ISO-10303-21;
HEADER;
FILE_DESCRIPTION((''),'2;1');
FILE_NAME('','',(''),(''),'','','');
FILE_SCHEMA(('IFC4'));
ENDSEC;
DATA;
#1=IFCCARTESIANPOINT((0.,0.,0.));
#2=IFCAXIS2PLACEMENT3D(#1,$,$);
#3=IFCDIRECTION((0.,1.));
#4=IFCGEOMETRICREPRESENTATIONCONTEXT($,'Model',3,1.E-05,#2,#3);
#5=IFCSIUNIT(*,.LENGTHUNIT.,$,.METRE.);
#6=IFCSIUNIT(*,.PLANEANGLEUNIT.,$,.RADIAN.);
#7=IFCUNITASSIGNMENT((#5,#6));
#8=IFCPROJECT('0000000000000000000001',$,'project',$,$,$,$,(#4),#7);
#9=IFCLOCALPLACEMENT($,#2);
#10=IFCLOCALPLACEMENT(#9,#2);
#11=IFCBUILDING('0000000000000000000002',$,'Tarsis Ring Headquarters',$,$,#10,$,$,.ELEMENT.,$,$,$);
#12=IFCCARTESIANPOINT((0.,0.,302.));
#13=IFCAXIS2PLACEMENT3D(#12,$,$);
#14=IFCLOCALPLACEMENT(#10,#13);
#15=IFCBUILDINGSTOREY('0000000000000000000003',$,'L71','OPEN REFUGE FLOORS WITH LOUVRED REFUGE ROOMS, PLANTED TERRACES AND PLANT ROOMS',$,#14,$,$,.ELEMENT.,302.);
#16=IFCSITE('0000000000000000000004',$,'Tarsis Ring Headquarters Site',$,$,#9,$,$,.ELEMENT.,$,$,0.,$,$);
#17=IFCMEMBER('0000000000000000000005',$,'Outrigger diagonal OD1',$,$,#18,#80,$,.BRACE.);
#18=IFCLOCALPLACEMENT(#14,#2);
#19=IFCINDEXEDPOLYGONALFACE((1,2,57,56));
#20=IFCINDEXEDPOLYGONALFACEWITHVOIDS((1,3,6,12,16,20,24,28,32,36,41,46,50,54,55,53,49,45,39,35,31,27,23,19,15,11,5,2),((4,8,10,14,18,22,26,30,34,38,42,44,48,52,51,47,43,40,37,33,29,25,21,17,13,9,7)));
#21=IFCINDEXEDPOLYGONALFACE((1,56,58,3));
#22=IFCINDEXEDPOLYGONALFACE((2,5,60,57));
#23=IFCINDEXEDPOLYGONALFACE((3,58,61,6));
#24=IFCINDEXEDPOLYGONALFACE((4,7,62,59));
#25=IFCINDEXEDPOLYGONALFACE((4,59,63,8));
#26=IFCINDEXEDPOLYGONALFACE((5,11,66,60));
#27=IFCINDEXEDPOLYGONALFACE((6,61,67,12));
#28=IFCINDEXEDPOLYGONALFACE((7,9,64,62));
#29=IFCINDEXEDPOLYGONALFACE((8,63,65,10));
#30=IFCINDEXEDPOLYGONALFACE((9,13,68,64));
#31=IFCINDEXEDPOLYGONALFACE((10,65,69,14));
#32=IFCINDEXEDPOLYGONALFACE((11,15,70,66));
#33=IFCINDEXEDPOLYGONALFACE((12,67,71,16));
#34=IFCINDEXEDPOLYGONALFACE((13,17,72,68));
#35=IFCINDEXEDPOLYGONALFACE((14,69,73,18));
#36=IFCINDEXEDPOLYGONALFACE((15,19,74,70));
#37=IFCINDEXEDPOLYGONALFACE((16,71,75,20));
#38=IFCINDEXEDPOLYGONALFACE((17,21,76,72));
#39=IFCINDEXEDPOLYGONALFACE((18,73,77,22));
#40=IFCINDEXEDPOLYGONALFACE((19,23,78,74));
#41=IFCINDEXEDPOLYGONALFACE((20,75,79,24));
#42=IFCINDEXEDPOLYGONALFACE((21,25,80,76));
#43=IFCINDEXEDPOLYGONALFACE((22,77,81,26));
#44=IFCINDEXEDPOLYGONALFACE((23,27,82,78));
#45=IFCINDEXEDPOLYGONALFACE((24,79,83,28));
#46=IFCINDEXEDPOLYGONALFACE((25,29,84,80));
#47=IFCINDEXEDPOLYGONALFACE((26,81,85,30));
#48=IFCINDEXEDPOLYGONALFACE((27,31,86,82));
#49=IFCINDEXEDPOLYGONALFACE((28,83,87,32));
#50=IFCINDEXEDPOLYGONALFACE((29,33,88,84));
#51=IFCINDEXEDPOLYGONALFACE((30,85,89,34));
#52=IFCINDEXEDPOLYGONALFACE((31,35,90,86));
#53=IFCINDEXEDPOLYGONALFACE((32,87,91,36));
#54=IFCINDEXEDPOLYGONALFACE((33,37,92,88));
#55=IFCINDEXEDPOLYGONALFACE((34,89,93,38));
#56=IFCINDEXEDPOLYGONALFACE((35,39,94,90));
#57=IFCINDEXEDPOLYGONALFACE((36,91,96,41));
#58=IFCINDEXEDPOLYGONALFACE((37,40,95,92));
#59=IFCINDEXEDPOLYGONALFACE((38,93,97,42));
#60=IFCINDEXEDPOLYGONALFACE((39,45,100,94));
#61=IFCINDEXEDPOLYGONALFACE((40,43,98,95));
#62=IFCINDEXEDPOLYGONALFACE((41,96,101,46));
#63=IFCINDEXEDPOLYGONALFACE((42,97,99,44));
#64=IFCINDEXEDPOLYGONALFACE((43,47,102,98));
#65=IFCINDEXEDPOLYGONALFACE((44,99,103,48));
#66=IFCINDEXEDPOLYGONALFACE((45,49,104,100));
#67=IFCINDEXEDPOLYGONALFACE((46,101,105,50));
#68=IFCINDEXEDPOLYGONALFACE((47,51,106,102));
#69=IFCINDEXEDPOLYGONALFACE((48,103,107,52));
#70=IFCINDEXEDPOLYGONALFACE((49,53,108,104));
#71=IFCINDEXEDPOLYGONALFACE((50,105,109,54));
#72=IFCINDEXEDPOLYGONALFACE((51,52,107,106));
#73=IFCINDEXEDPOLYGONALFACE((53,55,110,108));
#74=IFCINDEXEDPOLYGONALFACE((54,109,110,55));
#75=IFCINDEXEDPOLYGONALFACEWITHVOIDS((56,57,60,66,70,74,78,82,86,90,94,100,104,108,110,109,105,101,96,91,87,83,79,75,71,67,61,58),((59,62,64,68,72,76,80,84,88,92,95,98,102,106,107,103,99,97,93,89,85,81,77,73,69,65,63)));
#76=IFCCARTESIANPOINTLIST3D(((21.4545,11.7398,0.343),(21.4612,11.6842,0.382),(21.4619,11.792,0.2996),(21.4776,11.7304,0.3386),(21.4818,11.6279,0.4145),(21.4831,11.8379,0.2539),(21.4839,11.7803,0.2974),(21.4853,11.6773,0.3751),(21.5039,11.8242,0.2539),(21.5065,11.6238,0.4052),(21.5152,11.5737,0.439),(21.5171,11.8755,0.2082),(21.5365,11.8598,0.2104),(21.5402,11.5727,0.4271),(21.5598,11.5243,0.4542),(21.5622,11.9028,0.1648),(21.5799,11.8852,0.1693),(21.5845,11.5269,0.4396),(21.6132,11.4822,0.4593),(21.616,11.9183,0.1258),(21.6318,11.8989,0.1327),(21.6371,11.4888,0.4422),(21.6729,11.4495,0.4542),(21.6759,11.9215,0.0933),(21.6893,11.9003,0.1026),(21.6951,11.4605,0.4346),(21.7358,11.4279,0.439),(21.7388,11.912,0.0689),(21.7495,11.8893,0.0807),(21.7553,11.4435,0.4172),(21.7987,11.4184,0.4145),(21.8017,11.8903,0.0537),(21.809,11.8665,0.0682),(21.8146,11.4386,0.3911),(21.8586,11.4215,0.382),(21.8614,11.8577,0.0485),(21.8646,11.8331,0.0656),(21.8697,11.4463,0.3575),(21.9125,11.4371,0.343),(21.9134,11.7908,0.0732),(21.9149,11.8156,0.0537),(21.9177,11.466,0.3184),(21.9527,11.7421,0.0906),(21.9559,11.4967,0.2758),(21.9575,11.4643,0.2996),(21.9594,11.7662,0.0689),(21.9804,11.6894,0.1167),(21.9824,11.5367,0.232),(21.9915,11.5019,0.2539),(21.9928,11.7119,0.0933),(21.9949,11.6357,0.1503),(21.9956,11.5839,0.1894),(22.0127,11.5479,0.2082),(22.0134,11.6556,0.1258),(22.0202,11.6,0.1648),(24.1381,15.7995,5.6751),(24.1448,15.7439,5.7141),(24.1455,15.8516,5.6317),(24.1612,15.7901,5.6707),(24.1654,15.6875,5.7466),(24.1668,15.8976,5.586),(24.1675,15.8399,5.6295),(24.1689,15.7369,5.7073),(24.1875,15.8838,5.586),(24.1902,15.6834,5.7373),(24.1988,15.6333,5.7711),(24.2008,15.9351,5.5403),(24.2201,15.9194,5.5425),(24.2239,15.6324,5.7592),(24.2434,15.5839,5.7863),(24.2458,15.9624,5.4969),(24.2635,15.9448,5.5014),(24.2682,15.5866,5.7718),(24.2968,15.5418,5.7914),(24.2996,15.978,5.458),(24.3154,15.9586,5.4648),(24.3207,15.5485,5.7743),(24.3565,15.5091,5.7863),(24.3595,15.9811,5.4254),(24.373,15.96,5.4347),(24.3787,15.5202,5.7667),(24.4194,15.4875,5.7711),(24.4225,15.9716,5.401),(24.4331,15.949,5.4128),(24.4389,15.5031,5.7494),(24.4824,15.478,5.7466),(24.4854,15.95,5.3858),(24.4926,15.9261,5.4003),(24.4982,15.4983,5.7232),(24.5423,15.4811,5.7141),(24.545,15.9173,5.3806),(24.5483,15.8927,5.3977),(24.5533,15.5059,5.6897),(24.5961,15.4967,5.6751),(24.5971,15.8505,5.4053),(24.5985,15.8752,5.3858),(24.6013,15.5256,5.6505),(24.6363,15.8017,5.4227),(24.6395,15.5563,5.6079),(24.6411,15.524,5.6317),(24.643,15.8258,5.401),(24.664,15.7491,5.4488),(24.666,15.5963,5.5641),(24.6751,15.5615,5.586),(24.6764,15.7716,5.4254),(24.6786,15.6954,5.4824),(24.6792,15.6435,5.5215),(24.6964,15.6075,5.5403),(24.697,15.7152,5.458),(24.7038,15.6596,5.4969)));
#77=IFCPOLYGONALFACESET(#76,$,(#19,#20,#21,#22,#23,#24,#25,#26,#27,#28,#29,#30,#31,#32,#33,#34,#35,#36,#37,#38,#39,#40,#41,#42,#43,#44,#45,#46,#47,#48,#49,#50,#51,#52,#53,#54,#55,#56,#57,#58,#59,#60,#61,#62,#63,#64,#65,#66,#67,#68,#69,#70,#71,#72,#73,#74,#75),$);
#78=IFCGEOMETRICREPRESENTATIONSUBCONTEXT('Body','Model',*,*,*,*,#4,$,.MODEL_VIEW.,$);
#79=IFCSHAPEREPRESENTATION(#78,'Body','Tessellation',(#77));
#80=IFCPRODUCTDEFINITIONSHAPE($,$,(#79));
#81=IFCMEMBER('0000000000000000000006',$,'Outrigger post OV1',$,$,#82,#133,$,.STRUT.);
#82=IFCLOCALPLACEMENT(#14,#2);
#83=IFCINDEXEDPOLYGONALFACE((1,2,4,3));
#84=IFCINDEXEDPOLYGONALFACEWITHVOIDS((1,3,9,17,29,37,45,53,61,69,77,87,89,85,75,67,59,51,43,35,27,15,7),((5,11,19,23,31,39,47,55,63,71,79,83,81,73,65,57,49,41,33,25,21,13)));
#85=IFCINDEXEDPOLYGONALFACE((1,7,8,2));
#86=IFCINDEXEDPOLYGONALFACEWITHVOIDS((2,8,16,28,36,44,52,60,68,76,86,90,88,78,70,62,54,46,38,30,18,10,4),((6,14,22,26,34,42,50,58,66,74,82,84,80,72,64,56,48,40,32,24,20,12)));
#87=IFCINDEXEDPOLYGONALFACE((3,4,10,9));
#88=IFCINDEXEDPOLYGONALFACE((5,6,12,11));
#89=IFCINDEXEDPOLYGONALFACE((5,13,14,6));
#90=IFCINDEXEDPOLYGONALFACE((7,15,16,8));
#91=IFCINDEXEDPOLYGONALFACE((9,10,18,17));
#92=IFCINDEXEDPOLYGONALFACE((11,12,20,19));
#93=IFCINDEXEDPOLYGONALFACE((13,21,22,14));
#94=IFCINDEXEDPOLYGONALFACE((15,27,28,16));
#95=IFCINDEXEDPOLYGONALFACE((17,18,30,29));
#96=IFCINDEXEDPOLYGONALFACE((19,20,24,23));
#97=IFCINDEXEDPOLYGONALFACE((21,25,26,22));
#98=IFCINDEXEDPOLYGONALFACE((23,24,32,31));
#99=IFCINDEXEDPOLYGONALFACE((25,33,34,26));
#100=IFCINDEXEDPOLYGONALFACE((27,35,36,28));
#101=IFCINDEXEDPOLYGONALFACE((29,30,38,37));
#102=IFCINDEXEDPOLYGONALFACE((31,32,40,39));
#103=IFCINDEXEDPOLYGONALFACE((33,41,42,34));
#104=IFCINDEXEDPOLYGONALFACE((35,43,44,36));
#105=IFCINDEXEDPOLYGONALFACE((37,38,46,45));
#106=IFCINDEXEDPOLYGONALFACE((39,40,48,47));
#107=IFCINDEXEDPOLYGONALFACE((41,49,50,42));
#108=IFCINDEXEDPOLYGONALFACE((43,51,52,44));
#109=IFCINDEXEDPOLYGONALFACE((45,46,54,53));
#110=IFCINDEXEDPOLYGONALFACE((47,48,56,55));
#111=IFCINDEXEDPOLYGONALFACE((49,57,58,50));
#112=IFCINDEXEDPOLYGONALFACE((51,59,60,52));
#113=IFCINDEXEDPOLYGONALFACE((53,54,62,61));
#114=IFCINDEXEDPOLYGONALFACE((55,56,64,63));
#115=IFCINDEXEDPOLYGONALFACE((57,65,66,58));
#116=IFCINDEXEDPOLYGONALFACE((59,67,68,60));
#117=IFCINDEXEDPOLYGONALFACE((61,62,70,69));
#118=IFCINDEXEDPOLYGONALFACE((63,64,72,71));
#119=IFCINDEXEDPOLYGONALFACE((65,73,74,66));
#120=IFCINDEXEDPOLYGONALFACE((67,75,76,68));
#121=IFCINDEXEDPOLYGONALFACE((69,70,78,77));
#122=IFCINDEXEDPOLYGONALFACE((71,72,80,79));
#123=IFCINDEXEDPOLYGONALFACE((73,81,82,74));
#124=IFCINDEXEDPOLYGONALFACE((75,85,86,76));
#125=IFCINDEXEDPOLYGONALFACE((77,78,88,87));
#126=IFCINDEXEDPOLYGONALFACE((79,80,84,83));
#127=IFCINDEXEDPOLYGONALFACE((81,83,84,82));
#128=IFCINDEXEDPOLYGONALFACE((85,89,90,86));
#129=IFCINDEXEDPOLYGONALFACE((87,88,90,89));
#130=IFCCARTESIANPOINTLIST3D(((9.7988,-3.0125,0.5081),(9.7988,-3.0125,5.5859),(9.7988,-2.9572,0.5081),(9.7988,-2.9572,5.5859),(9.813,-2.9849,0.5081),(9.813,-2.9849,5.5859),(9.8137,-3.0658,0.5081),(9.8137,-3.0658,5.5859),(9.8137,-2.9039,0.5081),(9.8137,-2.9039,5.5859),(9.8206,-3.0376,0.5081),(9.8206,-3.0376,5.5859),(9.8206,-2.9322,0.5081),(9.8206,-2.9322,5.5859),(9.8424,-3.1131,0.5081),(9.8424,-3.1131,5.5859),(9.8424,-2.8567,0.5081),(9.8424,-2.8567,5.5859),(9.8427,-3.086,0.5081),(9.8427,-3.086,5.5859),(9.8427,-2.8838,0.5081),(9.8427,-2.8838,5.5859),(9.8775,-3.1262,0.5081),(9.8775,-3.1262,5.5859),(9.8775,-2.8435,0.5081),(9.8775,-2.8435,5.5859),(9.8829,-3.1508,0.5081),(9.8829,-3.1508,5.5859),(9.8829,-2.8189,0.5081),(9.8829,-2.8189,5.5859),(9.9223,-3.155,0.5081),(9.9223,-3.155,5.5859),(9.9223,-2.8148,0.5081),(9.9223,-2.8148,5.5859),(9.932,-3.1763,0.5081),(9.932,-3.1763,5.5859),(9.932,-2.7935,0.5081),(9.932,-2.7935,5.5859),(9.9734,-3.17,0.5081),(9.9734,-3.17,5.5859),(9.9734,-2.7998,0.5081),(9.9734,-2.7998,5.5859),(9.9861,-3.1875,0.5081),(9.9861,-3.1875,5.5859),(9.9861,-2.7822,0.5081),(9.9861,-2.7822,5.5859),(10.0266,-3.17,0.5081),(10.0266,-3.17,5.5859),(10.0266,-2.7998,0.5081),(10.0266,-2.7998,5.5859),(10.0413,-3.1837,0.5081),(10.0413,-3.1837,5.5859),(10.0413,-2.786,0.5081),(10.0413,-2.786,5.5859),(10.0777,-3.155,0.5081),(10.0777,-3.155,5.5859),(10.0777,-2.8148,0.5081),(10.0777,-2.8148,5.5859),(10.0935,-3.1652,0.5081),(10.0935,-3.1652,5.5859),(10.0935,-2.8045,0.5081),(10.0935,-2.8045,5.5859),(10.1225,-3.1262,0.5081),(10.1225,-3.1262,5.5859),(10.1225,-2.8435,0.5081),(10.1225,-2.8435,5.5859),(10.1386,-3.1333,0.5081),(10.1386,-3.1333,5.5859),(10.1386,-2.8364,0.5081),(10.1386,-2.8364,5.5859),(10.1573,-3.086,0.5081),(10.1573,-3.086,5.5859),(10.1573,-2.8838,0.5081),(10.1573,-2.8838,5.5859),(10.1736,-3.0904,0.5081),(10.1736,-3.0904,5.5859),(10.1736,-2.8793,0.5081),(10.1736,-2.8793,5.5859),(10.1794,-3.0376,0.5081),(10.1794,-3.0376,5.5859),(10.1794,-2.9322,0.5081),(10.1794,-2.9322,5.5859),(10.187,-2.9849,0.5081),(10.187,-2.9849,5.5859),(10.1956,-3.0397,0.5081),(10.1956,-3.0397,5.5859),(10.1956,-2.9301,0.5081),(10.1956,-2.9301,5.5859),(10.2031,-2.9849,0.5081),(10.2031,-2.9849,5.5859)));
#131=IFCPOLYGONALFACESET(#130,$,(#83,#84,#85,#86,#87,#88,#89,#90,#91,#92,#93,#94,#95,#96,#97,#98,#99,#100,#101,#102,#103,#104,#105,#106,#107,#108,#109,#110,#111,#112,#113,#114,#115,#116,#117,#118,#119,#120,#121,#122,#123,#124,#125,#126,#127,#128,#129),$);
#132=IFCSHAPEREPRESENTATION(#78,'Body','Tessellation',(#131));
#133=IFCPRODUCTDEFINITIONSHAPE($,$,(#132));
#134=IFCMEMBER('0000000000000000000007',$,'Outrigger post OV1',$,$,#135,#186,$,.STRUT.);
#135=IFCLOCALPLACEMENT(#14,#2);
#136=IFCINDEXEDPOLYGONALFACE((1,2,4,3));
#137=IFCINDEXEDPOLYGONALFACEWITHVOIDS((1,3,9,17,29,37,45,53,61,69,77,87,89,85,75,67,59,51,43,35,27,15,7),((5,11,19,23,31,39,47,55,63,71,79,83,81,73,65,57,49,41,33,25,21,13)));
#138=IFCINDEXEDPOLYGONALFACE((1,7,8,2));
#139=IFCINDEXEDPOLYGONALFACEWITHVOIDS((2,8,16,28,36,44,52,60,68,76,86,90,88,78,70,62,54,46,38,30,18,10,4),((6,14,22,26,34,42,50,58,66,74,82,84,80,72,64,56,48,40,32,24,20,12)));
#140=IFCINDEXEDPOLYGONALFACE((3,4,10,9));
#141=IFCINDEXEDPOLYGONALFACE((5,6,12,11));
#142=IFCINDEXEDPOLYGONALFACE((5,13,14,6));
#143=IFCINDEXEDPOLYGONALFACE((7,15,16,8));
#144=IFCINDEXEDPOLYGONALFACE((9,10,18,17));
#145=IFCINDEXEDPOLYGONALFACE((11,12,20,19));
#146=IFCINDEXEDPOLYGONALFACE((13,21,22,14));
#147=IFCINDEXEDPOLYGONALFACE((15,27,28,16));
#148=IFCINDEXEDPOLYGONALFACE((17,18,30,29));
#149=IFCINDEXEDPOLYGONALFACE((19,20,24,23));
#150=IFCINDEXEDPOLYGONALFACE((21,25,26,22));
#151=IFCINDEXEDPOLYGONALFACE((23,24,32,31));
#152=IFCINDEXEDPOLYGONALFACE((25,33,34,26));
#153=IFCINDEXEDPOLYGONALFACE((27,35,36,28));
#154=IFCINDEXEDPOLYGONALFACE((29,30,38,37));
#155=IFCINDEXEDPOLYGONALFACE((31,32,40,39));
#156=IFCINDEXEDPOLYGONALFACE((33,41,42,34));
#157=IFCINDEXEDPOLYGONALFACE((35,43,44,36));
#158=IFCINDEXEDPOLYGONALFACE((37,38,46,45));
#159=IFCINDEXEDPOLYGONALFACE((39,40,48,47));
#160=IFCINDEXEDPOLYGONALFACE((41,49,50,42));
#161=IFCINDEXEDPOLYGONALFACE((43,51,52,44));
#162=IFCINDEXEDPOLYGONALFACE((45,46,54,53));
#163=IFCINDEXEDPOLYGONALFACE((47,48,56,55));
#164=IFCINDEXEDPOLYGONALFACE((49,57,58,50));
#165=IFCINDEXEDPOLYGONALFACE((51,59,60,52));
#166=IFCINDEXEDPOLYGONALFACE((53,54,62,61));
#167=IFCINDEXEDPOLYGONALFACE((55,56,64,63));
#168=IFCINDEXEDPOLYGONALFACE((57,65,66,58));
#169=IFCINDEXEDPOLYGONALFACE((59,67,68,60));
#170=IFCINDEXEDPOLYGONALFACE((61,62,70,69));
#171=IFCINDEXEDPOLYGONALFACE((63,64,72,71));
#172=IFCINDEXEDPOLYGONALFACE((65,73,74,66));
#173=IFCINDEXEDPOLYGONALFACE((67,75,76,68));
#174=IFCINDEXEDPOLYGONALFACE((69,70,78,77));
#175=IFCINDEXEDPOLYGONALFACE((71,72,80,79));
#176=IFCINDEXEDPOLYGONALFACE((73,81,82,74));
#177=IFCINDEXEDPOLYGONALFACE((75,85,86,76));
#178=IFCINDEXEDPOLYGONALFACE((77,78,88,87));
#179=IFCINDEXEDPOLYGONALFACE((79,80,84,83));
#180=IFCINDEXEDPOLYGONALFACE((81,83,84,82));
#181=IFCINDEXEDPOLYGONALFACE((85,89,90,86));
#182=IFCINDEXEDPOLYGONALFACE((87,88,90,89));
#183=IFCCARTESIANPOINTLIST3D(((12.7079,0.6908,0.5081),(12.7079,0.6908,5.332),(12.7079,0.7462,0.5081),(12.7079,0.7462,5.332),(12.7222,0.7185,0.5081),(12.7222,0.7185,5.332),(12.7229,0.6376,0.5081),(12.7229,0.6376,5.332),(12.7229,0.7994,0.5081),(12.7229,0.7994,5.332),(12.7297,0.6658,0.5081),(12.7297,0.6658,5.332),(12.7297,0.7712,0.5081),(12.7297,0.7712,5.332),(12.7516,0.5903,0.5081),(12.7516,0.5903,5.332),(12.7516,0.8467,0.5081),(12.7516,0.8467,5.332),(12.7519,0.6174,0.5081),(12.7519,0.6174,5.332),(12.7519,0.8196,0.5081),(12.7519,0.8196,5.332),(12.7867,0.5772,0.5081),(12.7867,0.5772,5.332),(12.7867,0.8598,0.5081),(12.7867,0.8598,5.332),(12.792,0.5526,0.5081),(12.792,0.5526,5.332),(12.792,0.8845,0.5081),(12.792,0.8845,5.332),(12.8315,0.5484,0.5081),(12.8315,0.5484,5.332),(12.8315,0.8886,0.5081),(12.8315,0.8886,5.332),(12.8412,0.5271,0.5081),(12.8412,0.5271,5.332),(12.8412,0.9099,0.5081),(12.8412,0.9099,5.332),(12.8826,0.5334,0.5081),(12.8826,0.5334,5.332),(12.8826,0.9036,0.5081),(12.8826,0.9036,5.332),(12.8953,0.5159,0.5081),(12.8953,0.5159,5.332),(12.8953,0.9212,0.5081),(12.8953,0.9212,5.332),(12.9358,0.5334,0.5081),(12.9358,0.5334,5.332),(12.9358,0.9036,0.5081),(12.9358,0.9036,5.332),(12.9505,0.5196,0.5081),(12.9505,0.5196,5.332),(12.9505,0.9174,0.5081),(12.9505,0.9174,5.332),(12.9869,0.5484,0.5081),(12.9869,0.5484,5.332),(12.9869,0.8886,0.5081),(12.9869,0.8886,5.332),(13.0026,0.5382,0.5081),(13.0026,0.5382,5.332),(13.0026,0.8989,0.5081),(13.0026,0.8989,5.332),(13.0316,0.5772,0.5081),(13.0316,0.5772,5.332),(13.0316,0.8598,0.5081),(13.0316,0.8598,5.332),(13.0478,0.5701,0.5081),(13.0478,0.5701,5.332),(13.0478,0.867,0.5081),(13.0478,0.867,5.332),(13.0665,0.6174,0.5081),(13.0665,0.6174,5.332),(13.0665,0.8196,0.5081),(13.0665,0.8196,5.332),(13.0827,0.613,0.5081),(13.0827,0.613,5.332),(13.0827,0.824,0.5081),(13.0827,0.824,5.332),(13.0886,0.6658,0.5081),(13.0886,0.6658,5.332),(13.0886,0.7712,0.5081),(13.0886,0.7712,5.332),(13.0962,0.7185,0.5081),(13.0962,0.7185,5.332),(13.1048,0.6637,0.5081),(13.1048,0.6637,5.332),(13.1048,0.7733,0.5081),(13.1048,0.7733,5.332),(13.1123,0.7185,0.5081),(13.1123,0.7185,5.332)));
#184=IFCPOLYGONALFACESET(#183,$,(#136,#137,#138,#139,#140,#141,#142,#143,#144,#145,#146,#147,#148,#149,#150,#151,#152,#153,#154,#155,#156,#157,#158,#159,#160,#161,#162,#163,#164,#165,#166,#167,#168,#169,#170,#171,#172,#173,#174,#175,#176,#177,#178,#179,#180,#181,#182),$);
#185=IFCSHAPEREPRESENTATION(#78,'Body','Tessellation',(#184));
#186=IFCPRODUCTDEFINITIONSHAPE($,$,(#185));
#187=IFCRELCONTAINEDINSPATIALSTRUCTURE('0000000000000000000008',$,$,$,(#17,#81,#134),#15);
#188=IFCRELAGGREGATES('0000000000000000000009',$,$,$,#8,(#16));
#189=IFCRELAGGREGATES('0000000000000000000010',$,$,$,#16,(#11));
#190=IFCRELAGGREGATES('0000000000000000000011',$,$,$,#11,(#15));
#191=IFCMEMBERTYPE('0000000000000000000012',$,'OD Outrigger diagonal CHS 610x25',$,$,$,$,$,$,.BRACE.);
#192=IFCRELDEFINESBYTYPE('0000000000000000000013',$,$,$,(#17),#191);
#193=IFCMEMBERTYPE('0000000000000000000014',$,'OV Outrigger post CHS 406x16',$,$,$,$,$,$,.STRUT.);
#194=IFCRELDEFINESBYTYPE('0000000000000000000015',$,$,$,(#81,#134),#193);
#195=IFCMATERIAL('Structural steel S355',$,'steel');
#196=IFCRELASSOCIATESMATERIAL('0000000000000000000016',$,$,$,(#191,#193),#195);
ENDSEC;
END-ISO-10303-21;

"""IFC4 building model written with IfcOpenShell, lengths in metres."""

from ifc_helpers import new_model, si_unit, direction, frame, origin, origin_2d, place, context, subcontext, project, spatial, hollow_circle, extrude, material, material_profile, profile_set, type_object, element, save


model = new_model("IFC4")

# Units and contexts
model_context = context("Model", 3, precision=1e-05, world=origin(), true_north=direction((0.0, 1.0)))
body_context = subcontext(model_context, "Body", "Model", "MODEL_VIEW")
ifc_project = project(units=[si_unit("LENGTHUNIT", "METRE"), si_unit("PLANEANGLEUNIT", "RADIAN")], contexts=[model_context])

# Site, building, storey
site_placement = place(None, origin())
site = spatial("IfcSite", under=ifc_project, at=site_placement, Name="Tarsis Ring Headquarters Site", CompositionType="ELEMENT", RefElevation=0.0)
building_placement = place(site_placement, origin())
building = spatial("IfcBuilding", under=site, at=building_placement, Name="Tarsis Ring Headquarters", CompositionType="ELEMENT")
storey_placement = place(building_placement, frame((0.0, 0.0, 302.0)))
storey = spatial("IfcBuildingStorey", under=building, at=storey_placement, Name="L71", Description="OPEN REFUGE FLOORS WITH LOUVRED REFUGE ROOMS, PLANTED TERRACES AND PLANT ROOMS", CompositionType="ELEMENT", Elevation=302.0)

# Shared definitions
ifc_material_1 = material(Name="Structural steel S355", Category="steel")

# Members
ifc_material_profile_1 = material_profile(ifc_material_1, hollow_circle(Radius=0.3047, WallThickness=0.0249, at=origin_2d()), Name="CHS 610x25")
ifc_profile_set_1 = profile_set([ifc_material_profile_1], Name="Structural steel S355")
member_type_1 = type_object("IfcMemberType", Name="OD Outrigger diagonal CHS 610x25", PredefinedType="BRACE", material=ifc_profile_set_1)
member_1_placement = place(storey_placement, frame((21.7373, 11.6699, 0.2539), z_axis=(0.371746, 0.562354, 0.738622), x_axis=(-0.834205, 0.551454, 0.0)))
element("IfcMember", 1, at=member_1_placement, inside=storey, type_object=member_type_1, Name="Outrigger diagonal OD1", PredefinedType="BRACE", context=body_context, shape_type="SweptSolid", body=[
    extrude(hollow_circle(Radius=0.3047, WallThickness=0.0249, at=origin_2d()), origin(), (0.0, 0.0, 1.0), 7.219),
])
ifc_material_profile_2 = material_profile(ifc_material_1, hollow_circle(Radius=0.2031, WallThickness=0.0161, at=origin_2d()), Name="CHS 406x16")
ifc_profile_set_2 = profile_set([ifc_material_profile_2], Name="Structural steel S355")
member_type_2 = type_object("IfcMemberType", Name="OV Outrigger post CHS 406x16", PredefinedType="STRUT", material=ifc_profile_set_2)
member_2_placement = place(storey_placement, frame((10.0, -2.9849, 0.5081), z_axis=(0.0, 0.0, 1.0), x_axis=(1.0, 0.0, 0.0)))
element("IfcMember", 2, at=member_2_placement, inside=storey, type_object=member_type_2, Name="Outrigger post OV1", PredefinedType="STRUT", context=body_context, shape_type="SweptSolid", body=[
    extrude(hollow_circle(Radius=0.2031, WallThickness=0.0161, at=origin_2d()), origin(), (0.0, 0.0, 1.0), 5.0779),
])
for number, where, z_axis, x_axis, name in (
    (3, (12.9092, 0.7185, 0.5081), (0.0, 0.0, 1.0), (1.0, 0.0, 0.0), "Outrigger post OV1"),
):
    element("IfcMember", number, at=place(storey_placement, frame(where, z_axis=z_axis, x_axis=x_axis)), inside=storey, type_object=member_type_2, Name=name, PredefinedType="STRUT", context=body_context, shape_type="SweptSolid", body=[
        extrude(hollow_circle(Radius=0.2031, WallThickness=0.0161, at=origin_2d()), origin(), (0.0, 0.0, 1.0), 4.824),
    ])

save(model, "model.ifc")
